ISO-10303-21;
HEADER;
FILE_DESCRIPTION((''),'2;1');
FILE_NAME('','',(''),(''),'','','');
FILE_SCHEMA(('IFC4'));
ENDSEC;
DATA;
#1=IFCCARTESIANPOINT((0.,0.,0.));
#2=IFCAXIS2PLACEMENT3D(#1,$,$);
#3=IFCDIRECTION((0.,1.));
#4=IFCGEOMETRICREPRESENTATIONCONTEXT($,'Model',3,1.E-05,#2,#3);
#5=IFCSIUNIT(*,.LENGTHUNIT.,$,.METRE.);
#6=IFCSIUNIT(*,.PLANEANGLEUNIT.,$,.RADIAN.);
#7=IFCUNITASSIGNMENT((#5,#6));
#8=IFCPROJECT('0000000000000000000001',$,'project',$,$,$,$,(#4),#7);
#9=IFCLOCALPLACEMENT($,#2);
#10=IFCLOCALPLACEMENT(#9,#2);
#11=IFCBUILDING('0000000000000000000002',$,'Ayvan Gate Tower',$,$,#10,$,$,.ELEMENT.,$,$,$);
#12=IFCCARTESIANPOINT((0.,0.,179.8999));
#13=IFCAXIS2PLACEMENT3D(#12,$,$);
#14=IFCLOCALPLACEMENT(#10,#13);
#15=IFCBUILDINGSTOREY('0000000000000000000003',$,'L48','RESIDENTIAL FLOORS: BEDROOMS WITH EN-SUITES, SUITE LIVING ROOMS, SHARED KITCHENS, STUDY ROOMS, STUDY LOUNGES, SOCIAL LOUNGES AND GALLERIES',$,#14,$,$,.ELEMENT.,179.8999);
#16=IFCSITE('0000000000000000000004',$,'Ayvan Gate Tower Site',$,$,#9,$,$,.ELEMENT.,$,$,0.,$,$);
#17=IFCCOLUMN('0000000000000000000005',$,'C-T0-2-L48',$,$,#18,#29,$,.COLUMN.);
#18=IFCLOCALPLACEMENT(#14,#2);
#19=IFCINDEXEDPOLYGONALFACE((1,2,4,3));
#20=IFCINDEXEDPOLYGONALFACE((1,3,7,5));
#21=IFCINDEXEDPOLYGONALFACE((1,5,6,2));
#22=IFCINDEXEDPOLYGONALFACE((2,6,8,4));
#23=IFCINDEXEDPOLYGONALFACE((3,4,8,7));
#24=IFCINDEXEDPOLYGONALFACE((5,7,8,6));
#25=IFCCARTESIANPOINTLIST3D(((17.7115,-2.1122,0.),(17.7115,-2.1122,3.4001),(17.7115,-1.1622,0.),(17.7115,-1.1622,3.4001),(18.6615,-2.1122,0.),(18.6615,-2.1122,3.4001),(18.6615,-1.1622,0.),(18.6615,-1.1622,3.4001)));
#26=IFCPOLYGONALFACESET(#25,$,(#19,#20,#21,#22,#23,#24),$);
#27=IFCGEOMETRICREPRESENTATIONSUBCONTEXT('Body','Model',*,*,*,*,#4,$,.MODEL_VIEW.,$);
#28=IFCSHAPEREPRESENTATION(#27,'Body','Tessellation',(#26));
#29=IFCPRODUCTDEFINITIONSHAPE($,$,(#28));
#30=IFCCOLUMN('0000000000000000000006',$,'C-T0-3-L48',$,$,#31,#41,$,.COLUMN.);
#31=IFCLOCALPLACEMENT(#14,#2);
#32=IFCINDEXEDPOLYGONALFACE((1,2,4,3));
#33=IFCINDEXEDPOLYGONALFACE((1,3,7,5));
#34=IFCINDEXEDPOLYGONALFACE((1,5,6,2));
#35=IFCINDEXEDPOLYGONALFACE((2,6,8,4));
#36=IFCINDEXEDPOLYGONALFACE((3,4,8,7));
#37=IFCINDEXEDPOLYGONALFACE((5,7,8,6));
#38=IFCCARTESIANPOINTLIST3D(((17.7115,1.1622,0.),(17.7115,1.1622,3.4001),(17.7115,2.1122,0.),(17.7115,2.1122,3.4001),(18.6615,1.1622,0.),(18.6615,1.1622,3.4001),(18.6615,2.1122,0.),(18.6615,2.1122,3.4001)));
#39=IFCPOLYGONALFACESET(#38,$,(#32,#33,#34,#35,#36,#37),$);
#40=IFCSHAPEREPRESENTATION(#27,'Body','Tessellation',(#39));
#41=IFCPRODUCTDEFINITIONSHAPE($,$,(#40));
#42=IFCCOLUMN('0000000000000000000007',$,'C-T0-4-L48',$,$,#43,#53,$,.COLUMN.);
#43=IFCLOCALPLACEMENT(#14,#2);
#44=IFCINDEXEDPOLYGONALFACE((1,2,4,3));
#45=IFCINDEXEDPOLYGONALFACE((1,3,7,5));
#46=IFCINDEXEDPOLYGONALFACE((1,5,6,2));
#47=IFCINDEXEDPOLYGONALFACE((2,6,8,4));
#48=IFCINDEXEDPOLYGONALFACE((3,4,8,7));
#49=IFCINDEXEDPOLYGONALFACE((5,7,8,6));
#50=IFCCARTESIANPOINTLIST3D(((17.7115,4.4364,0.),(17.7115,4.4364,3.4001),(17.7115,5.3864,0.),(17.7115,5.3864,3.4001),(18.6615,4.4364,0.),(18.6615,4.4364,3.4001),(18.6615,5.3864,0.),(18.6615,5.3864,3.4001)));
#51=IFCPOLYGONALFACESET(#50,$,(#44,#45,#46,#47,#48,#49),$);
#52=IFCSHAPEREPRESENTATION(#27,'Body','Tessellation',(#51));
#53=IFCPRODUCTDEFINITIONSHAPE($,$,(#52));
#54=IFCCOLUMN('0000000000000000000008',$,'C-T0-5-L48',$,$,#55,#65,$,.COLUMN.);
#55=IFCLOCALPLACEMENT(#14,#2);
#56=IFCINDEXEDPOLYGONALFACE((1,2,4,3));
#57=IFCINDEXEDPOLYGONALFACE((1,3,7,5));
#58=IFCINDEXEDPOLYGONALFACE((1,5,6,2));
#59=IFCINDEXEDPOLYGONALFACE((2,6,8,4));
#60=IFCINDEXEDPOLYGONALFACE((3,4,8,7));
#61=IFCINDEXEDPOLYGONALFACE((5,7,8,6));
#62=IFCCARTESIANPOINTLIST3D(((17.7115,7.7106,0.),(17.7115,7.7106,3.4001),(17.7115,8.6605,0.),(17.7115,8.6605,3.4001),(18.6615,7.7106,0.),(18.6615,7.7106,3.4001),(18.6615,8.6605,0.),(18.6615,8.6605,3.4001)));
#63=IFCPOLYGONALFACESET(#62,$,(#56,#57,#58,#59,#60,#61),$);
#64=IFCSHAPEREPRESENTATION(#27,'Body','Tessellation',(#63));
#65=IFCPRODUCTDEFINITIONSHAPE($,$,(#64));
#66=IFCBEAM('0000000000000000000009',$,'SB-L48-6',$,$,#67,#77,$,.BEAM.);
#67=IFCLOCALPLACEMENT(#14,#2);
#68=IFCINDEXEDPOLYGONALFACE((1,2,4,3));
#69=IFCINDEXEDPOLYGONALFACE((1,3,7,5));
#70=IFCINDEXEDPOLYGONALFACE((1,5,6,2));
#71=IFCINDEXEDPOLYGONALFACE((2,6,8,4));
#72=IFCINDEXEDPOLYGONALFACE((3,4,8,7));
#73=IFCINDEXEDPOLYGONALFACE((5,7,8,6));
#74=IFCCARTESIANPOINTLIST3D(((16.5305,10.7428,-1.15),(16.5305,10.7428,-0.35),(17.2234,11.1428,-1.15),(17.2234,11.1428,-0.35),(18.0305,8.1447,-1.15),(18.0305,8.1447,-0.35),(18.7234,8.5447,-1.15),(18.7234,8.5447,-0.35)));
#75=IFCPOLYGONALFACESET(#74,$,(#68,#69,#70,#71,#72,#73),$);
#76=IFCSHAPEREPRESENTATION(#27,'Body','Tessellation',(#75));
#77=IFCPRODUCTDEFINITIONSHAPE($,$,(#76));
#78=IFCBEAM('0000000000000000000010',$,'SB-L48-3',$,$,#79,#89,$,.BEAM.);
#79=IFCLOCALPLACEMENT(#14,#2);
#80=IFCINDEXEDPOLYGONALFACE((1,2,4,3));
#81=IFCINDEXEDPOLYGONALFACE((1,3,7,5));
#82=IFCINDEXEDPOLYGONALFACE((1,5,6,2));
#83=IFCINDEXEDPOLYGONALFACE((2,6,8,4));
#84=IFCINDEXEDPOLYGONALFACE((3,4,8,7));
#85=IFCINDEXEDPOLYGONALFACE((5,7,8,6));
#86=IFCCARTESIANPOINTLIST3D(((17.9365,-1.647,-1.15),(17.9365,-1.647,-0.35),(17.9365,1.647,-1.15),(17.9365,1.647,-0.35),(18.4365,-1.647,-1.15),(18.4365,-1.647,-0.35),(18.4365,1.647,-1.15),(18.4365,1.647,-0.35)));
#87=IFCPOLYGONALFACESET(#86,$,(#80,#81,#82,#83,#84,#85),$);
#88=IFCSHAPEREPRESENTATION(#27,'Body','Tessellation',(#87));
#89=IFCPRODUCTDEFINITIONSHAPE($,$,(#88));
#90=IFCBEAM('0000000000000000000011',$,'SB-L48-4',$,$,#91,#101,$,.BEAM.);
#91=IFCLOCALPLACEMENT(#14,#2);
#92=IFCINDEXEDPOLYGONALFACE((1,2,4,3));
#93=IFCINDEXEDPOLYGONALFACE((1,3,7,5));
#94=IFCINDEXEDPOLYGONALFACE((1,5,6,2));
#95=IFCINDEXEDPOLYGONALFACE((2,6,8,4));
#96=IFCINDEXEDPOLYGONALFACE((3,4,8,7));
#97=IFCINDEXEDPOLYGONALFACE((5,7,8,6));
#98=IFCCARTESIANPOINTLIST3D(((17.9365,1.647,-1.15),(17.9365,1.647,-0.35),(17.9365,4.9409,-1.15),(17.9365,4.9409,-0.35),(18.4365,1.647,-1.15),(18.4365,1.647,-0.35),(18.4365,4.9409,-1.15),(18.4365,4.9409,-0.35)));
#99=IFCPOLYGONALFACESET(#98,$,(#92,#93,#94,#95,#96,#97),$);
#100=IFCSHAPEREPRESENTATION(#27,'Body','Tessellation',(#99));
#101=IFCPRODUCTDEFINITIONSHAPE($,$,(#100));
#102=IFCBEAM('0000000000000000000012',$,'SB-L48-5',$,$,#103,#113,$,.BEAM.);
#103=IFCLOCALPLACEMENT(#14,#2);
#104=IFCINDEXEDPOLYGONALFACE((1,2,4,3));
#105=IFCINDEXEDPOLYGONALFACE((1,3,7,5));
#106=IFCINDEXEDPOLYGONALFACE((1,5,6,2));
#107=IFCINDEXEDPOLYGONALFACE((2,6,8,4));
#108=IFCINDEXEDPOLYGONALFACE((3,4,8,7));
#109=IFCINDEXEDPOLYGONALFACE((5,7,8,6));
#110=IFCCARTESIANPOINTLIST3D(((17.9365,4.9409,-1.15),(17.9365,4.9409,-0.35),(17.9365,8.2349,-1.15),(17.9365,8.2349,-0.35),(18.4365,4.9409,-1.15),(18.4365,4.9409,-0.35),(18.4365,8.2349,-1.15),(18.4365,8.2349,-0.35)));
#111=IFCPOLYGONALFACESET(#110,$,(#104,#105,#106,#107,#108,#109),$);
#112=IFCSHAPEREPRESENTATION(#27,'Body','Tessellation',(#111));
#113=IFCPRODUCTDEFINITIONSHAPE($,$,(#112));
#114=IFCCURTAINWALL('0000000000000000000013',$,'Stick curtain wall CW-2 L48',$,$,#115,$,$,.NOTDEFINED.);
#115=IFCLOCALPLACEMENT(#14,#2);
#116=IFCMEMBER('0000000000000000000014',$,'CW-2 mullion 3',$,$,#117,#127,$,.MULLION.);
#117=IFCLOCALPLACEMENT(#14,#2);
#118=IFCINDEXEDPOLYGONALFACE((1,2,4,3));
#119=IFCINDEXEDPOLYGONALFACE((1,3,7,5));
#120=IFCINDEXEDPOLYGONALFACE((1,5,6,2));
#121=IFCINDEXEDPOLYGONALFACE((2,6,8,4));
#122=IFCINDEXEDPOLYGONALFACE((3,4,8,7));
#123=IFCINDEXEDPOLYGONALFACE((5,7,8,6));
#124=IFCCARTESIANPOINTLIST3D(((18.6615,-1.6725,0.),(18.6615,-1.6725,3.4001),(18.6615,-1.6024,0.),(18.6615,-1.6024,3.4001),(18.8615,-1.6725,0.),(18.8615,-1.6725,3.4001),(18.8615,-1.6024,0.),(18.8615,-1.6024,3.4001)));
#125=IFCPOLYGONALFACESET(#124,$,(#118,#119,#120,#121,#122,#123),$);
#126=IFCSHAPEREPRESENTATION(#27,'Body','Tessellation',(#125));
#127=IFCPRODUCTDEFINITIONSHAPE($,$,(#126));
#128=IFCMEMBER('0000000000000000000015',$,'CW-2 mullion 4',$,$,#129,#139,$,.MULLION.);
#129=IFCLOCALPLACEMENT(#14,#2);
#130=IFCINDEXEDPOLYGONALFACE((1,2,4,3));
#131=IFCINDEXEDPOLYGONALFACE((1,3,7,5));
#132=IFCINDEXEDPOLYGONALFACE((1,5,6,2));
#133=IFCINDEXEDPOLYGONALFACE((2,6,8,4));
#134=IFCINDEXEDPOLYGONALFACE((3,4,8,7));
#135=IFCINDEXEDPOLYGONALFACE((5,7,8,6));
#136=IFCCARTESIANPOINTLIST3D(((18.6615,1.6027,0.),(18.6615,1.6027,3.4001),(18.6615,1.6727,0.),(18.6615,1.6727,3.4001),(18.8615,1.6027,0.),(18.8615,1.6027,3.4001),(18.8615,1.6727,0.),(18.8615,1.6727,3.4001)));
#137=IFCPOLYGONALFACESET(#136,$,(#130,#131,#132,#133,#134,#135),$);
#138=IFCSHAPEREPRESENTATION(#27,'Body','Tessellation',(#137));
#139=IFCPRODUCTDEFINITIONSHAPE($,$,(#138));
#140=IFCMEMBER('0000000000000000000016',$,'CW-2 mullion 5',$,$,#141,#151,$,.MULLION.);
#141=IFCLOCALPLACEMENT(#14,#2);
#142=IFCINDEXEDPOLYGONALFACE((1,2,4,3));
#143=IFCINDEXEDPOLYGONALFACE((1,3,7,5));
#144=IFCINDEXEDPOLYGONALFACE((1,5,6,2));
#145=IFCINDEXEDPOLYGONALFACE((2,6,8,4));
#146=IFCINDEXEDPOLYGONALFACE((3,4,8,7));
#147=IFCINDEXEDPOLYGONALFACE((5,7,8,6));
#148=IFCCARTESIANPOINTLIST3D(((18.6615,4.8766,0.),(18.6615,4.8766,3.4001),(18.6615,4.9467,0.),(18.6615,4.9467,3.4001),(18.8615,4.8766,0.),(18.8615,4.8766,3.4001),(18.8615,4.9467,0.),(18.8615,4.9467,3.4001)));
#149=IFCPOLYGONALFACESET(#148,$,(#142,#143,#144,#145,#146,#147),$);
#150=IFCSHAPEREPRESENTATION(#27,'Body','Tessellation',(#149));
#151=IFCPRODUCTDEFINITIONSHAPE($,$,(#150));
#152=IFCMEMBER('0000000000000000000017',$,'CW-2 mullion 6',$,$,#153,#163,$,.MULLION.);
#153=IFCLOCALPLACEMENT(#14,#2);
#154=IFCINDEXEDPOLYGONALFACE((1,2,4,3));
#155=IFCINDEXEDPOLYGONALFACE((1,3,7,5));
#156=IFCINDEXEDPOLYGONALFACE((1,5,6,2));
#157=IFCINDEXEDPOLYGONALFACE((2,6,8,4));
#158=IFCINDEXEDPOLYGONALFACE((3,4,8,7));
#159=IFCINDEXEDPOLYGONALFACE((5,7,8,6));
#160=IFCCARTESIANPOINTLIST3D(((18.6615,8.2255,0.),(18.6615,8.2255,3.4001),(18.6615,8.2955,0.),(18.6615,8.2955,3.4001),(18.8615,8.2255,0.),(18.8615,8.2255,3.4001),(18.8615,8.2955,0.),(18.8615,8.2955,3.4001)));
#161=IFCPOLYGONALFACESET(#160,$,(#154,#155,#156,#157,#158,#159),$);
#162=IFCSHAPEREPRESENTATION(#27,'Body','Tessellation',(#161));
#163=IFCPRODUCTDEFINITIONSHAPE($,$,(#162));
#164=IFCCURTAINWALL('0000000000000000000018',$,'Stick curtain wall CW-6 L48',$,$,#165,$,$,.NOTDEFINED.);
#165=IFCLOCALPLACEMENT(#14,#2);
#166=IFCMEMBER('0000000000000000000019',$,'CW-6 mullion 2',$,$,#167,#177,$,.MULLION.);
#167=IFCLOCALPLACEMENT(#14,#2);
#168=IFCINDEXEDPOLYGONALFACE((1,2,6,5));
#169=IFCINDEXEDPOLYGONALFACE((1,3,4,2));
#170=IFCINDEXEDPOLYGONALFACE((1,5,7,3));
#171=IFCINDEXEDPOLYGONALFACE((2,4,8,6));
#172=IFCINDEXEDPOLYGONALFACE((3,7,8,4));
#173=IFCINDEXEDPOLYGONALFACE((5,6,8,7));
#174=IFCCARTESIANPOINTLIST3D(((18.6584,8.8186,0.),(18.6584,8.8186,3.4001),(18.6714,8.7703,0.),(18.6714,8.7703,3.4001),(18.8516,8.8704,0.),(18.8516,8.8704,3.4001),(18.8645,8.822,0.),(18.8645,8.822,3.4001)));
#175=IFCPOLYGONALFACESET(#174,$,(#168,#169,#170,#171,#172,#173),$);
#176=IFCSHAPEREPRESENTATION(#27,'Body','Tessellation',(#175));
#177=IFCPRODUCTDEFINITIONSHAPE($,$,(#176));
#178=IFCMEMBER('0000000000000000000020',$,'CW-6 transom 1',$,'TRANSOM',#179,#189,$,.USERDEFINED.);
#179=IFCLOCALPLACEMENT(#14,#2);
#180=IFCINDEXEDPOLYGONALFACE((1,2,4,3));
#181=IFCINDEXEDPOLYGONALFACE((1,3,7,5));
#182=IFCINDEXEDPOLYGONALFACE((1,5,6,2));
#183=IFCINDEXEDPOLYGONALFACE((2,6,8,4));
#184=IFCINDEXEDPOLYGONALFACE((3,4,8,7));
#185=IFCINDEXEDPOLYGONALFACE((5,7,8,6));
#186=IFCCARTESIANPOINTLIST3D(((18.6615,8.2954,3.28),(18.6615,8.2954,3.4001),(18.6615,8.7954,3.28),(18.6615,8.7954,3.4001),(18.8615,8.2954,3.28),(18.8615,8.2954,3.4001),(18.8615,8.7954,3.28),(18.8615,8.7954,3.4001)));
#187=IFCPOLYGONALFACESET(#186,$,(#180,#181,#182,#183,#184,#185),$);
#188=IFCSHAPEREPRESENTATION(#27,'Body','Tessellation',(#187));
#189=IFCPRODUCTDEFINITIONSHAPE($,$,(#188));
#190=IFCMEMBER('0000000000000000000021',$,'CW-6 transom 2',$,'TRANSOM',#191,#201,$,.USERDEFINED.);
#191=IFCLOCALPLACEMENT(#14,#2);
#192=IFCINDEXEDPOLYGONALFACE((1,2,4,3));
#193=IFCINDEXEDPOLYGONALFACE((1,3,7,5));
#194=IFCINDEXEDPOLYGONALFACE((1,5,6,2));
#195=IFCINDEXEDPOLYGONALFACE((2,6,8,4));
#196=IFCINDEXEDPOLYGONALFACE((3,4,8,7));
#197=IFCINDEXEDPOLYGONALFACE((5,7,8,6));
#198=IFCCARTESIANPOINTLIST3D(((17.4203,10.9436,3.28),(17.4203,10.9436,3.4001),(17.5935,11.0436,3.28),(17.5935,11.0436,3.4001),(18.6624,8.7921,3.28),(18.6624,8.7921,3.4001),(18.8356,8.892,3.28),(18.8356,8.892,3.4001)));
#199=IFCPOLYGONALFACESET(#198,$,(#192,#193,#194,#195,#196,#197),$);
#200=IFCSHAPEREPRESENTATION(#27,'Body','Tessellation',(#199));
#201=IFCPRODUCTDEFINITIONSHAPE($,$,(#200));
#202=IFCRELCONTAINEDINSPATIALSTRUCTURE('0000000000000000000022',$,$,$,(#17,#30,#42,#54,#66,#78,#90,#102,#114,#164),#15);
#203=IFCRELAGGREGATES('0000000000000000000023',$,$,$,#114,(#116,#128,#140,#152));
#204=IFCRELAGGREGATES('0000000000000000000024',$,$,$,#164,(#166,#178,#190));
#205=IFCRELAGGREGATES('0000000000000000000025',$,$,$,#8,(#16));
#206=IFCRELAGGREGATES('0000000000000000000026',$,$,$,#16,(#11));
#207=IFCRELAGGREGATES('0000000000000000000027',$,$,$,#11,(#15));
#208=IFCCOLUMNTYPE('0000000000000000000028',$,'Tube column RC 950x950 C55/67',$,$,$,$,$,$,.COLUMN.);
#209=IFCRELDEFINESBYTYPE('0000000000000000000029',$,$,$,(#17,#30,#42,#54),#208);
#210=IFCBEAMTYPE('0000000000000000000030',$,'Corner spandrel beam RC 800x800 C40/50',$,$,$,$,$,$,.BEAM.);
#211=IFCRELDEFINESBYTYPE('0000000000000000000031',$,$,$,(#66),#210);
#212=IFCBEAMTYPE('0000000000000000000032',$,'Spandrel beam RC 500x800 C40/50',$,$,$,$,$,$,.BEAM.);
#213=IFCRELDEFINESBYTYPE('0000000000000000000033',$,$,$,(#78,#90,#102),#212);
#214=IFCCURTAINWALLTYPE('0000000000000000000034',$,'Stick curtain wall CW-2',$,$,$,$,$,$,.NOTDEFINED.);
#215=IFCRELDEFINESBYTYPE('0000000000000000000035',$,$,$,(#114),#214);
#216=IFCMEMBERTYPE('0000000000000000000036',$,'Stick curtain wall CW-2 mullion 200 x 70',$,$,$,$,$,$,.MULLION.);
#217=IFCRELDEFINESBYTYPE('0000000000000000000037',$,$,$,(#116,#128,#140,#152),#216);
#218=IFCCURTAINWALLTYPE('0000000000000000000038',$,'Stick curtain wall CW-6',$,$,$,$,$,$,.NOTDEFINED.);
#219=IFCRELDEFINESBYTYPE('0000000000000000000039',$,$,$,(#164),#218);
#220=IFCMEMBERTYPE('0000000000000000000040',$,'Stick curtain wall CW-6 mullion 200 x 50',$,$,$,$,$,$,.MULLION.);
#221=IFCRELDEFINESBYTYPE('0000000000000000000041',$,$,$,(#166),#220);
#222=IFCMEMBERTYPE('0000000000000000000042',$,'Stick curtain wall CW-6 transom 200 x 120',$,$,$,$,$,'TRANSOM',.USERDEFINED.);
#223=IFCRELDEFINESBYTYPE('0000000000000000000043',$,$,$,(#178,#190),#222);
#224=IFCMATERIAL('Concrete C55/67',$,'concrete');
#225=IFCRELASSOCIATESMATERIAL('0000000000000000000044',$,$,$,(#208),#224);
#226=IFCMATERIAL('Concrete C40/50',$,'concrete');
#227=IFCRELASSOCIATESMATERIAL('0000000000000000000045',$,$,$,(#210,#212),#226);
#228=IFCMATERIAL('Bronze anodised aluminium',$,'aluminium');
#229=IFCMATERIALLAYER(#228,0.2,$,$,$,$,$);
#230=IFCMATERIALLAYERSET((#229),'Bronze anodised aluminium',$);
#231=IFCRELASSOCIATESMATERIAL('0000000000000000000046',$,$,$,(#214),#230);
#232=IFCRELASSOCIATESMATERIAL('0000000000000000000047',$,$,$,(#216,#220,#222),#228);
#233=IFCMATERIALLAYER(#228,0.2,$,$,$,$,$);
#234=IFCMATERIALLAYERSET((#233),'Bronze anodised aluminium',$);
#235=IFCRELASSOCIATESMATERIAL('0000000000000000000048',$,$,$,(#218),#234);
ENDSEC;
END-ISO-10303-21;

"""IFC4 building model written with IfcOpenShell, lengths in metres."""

from ifc_helpers import new_model, si_unit, direction, frame, origin, origin_2d, place, context, subcontext, project, spatial, rectangle, extrude, material, layer, layer_set, material_profile, profile_set, type_object, element, aggregate, save


model = new_model("IFC4")

# Units and contexts
model_context = context("Model", 3, precision=1e-05, world=origin(), true_north=direction((0.0, 1.0)))
body_context = subcontext(model_context, "Body", "Model", "MODEL_VIEW")
ifc_project = project(units=[si_unit("LENGTHUNIT", "METRE"), si_unit("PLANEANGLEUNIT", "RADIAN")], contexts=[model_context])

# Site, building, storey
site_placement = place(None, origin())
site = spatial("IfcSite", under=ifc_project, at=site_placement, Name="Ayvan Gate Tower Site", CompositionType="ELEMENT", RefElevation=0.0)
building_placement = place(site_placement, origin())
building = spatial("IfcBuilding", under=site, at=building_placement, Name="Ayvan Gate Tower", CompositionType="ELEMENT")
storey_placement = place(building_placement, frame((0.0, 0.0, 179.8999)))
storey = spatial("IfcBuildingStorey", under=building, at=storey_placement, Name="L48", Description="RESIDENTIAL FLOORS: BEDROOMS WITH EN-SUITES, SUITE LIVING ROOMS, SHARED KITCHENS, STUDY ROOMS, STUDY LOUNGES, SOCIAL LOUNGES AND GALLERIES", CompositionType="ELEMENT", Elevation=179.8999)

# Columns
ifc_material_1 = material(Name="Concrete C55/67", Category="concrete")
ifc_material_profile_1 = material_profile(ifc_material_1, rectangle(XDim=0.95, YDim=0.95, at=origin_2d()), Name="RC 950x950")
ifc_profile_set_1 = profile_set([ifc_material_profile_1], Name="Concrete C55/67")
column_type = type_object("IfcColumnType", Name="Tube column RC 950x950 C55/67", PredefinedType="COLUMN", material=ifc_profile_set_1)
for number, where, z_axis, x_axis, name in (
    (1, (18.1865, -1.6372, 0.0), (0.0, 0.0, 1.0), (1.0, 0.0, 0.0), "C-T0-2-L48"),
    (2, (18.1865, 1.6372, 0.0), (0.0, 0.0, 1.0), (1.0, 0.0, 0.0), "C-T0-3-L48"),
    (3, (18.1865, 4.9114, 0.0), (0.0, 0.0, 1.0), (1.0, 0.0, 0.0), "C-T0-4-L48"),
    (4, (18.1865, 8.1855, 0.0), (0.0, 0.0, 1.0), (1.0, 0.0, 0.0), "C-T0-5-L48"),
):
    element("IfcColumn", number, at=place(storey_placement, frame(where, z_axis=z_axis, x_axis=x_axis)), inside=storey, type_object=column_type, Name=name, PredefinedType="COLUMN", context=body_context, shape_type="SweptSolid", body=[
        extrude(rectangle(XDim=0.95, YDim=0.95, at=origin_2d()), origin(), (0.0, 0.0, 1.0), 3.4001),
    ])

# Beams
ifc_material_2 = material(Name="Concrete C40/50", Category="concrete")
ifc_material_profile_2 = material_profile(ifc_material_2, rectangle(XDim=0.8, YDim=0.8, at=origin_2d()), Name="RC 800x800")
ifc_profile_set_2 = profile_set([ifc_material_profile_2], Name="Concrete C40/50")
beam_type_1 = type_object("IfcBeamType", Name="Corner spandrel beam RC 800x800 C40/50", PredefinedType="BEAM", material=ifc_profile_set_2)
beam_placement = place(storey_placement, frame((18.377, 8.3447, -0.75), z_axis=(-0.49999, 0.866031, 0.0), x_axis=(-0.866031, -0.49999, 0.0)))
element("IfcBeam", 5, at=beam_placement, inside=storey, type_object=beam_type_1, Name="SB-L48-6", PredefinedType="BEAM", context=body_context, shape_type="SweptSolid", body=[
    extrude(rectangle(XDim=0.8, YDim=0.8, at=origin_2d()), origin(), (0.0, 0.0, 1.0), 3.0),
])
ifc_material_profile_3 = material_profile(ifc_material_2, rectangle(XDim=0.5, YDim=0.8, at=origin_2d()), Name="RC 500x800")
ifc_profile_set_3 = profile_set([ifc_material_profile_3], Name="Concrete C40/50")
beam_type_2 = type_object("IfcBeamType", Name="Spandrel beam RC 500x800 C40/50", PredefinedType="BEAM", material=ifc_profile_set_3)
for number, where, z_axis, x_axis, name in (
    (6, (18.1865, -1.647, -0.75), (0.0, 1.0, 0.0), (-1.0, 0.0, 0.0), "SB-L48-3"),
    (7, (18.1865, 1.647, -0.75), (0.0, 1.0, 0.0), (-1.0, 0.0, 0.0), "SB-L48-4"),
    (8, (18.1865, 4.9409, -0.75), (0.0, 1.0, 0.0), (-1.0, 0.0, 0.0), "SB-L48-5"),
):
    element("IfcBeam", number, at=place(storey_placement, frame(where, z_axis=z_axis, x_axis=x_axis)), inside=storey, type_object=beam_type_2, Name=name, PredefinedType="BEAM", context=body_context, shape_type="SweptSolid", body=[
        extrude(rectangle(XDim=0.5, YDim=0.8, at=origin_2d()), origin(), (0.0, 0.0, 1.0), 3.2939),
    ])

# Curtain walls, members
ifc_material_3 = material(Name="Bronze anodised aluminium", Category="aluminium")
ifc_layer_1 = layer(ifc_material_3, 0.2)
ifc_layer_set_1 = layer_set([ifc_layer_1], Name="Bronze anodised aluminium")
curtain_wall_type_1 = type_object("IfcCurtainWallType", Name="Stick curtain wall CW-2", PredefinedType="NOTDEFINED", material=ifc_layer_set_1)
curtain_wall_1_placement = place(storey_placement, origin())
curtain_wall_1 = element("IfcCurtainWall", 9, at=curtain_wall_1_placement, inside=storey, type_object=curtain_wall_type_1, Name="Stick curtain wall CW-2 L48", PredefinedType="NOTDEFINED")
ifc_material_profile_4 = material_profile(ifc_material_3, rectangle(XDim=0.2, YDim=0.0701, at=origin_2d()), Name="Stick curtain wall CW-2 mullion 200 x 70")
ifc_profile_set_4 = profile_set([ifc_material_profile_4], Name="Bronze anodised aluminium")
member_type_1 = type_object("IfcMemberType", Name="Stick curtain wall CW-2 mullion 200 x 70", PredefinedType="MULLION", material=ifc_profile_set_4)
member_1_placement = place(storey_placement, frame((18.7615, -1.6375, 0.0), z_axis=(0.0, 0.0, 1.0), x_axis=(1.0, 0.0, 0.0)))
member_1 = element("IfcMember", 10, at=member_1_placement, type_object=member_type_1, Name="CW-2 mullion 3", PredefinedType="MULLION", context=body_context, shape_type="SweptSolid", body=[
    extrude(rectangle(XDim=0.2, YDim=0.0701, at=origin_2d()), origin(), (0.0, 0.0, 1.0), 3.4001),
])
member_2_placement = place(storey_placement, frame((18.7615, 1.6377, 0.0), z_axis=(0.0, 0.0, 1.0), x_axis=(1.0, 0.0, 0.0)))
member_2 = element("IfcMember", 11, at=member_2_placement, type_object=member_type_1, Name="CW-2 mullion 4", PredefinedType="MULLION", context=body_context, shape_type="SweptSolid", body=[
    extrude(rectangle(XDim=0.2, YDim=0.0701, at=origin_2d()), origin(), (0.0, 0.0, 1.0), 3.4001),
])
member_3_placement = place(storey_placement, frame((18.7615, 4.9116, 0.0), z_axis=(0.0, 0.0, 1.0), x_axis=(1.0, 0.0, 0.0)))
member_3 = element("IfcMember", 12, at=member_3_placement, type_object=member_type_1, Name="CW-2 mullion 5", PredefinedType="MULLION", context=body_context, shape_type="SweptSolid", body=[
    extrude(rectangle(XDim=0.2, YDim=0.0701, at=origin_2d()), origin(), (0.0, 0.0, 1.0), 3.4001),
])
member_4_placement = place(storey_placement, frame((18.7615, 8.2605, 0.0), z_axis=(0.0, 0.0, 1.0), x_axis=(1.0, 0.0, 0.0)))
member_4 = element("IfcMember", 13, at=member_4_placement, type_object=member_type_1, Name="CW-2 mullion 6", PredefinedType="MULLION", context=body_context, shape_type="SweptSolid", body=[
    extrude(rectangle(XDim=0.2, YDim=0.0701, at=origin_2d()), origin(), (0.0, 0.0, 1.0), 3.4001),
])
ifc_layer_2 = layer(ifc_material_3, 0.2)
ifc_layer_set_2 = layer_set([ifc_layer_2], Name="Bronze anodised aluminium")
curtain_wall_type_2 = type_object("IfcCurtainWallType", Name="Stick curtain wall CW-6", PredefinedType="NOTDEFINED", material=ifc_layer_set_2)
curtain_wall_2_placement = place(storey_placement, origin())
curtain_wall_2 = element("IfcCurtainWall", 14, at=curtain_wall_2_placement, inside=storey, type_object=curtain_wall_type_2, Name="Stick curtain wall CW-6 L48", PredefinedType="NOTDEFINED")
ifc_material_profile_5 = material_profile(ifc_material_3, rectangle(XDim=0.2, YDim=0.05, at=origin_2d()), Name="Stick curtain wall CW-6 mullion 200 x 50")
ifc_profile_set_5 = profile_set([ifc_material_profile_5], Name="Bronze anodised aluminium")
member_type_2 = type_object("IfcMemberType", Name="Stick curtain wall CW-6 mullion 200 x 50", PredefinedType="MULLION", material=ifc_profile_set_5)
member_5_placement = place(storey_placement, frame((18.7615, 8.8203, 0.0), z_axis=(0.0, 0.0, 1.0), x_axis=(0.965926, 0.258819, 0.0)))
member_5 = element("IfcMember", 15, at=member_5_placement, type_object=member_type_2, Name="CW-6 mullion 2", PredefinedType="MULLION", context=body_context, shape_type="SweptSolid", body=[
    extrude(rectangle(XDim=0.2, YDim=0.05, at=origin_2d()), origin(), (0.0, 0.0, 1.0), 3.4001),
])
ifc_material_profile_6 = material_profile(ifc_material_3, rectangle(XDim=0.2, YDim=0.1201, at=origin_2d()), Name="Stick curtain wall CW-6 transom 200 x 120")
ifc_profile_set_6 = profile_set([ifc_material_profile_6], Name="Bronze anodised aluminium")
member_type_3 = type_object("IfcMemberType", Name="Stick curtain wall CW-6 transom 200 x 120", ElementType="TRANSOM", PredefinedType="USERDEFINED", material=ifc_profile_set_6)
member_6_placement = place(storey_placement, frame((18.7615, 8.2954, 3.3401), z_axis=(0.0, 1.0, 0.0), x_axis=(-1.0, 0.0, 0.0)))
member_6 = element("IfcMember", 16, at=member_6_placement, type_object=member_type_3, Name="CW-6 transom 1", ObjectType="TRANSOM", PredefinedType="USERDEFINED", context=body_context, shape_type="SweptSolid", body=[
    extrude(rectangle(XDim=0.2, YDim=0.1201, at=origin_2d()), origin(), (0.0, 0.0, 1.0), 0.5),
])
member_7_placement = place(storey_placement, frame((18.749, 8.842, 3.3401), z_axis=(-0.499986, 0.866033, 0.0), x_axis=(-0.866033, -0.499986, 0.0)))
member_7 = element("IfcMember", 17, at=member_7_placement, type_object=member_type_3, Name="CW-6 transom 2", ObjectType="TRANSOM", PredefinedType="USERDEFINED", context=body_context, shape_type="SweptSolid", body=[
    extrude(rectangle(XDim=0.2, YDim=0.1201, at=origin_2d()), origin(), (0.0, 0.0, 1.0), 2.4844),
])

aggregate(curtain_wall_1, [member_1, member_2, member_3, member_4])
aggregate(curtain_wall_2, [member_5, member_6, member_7])

save(model, "model.ifc")
